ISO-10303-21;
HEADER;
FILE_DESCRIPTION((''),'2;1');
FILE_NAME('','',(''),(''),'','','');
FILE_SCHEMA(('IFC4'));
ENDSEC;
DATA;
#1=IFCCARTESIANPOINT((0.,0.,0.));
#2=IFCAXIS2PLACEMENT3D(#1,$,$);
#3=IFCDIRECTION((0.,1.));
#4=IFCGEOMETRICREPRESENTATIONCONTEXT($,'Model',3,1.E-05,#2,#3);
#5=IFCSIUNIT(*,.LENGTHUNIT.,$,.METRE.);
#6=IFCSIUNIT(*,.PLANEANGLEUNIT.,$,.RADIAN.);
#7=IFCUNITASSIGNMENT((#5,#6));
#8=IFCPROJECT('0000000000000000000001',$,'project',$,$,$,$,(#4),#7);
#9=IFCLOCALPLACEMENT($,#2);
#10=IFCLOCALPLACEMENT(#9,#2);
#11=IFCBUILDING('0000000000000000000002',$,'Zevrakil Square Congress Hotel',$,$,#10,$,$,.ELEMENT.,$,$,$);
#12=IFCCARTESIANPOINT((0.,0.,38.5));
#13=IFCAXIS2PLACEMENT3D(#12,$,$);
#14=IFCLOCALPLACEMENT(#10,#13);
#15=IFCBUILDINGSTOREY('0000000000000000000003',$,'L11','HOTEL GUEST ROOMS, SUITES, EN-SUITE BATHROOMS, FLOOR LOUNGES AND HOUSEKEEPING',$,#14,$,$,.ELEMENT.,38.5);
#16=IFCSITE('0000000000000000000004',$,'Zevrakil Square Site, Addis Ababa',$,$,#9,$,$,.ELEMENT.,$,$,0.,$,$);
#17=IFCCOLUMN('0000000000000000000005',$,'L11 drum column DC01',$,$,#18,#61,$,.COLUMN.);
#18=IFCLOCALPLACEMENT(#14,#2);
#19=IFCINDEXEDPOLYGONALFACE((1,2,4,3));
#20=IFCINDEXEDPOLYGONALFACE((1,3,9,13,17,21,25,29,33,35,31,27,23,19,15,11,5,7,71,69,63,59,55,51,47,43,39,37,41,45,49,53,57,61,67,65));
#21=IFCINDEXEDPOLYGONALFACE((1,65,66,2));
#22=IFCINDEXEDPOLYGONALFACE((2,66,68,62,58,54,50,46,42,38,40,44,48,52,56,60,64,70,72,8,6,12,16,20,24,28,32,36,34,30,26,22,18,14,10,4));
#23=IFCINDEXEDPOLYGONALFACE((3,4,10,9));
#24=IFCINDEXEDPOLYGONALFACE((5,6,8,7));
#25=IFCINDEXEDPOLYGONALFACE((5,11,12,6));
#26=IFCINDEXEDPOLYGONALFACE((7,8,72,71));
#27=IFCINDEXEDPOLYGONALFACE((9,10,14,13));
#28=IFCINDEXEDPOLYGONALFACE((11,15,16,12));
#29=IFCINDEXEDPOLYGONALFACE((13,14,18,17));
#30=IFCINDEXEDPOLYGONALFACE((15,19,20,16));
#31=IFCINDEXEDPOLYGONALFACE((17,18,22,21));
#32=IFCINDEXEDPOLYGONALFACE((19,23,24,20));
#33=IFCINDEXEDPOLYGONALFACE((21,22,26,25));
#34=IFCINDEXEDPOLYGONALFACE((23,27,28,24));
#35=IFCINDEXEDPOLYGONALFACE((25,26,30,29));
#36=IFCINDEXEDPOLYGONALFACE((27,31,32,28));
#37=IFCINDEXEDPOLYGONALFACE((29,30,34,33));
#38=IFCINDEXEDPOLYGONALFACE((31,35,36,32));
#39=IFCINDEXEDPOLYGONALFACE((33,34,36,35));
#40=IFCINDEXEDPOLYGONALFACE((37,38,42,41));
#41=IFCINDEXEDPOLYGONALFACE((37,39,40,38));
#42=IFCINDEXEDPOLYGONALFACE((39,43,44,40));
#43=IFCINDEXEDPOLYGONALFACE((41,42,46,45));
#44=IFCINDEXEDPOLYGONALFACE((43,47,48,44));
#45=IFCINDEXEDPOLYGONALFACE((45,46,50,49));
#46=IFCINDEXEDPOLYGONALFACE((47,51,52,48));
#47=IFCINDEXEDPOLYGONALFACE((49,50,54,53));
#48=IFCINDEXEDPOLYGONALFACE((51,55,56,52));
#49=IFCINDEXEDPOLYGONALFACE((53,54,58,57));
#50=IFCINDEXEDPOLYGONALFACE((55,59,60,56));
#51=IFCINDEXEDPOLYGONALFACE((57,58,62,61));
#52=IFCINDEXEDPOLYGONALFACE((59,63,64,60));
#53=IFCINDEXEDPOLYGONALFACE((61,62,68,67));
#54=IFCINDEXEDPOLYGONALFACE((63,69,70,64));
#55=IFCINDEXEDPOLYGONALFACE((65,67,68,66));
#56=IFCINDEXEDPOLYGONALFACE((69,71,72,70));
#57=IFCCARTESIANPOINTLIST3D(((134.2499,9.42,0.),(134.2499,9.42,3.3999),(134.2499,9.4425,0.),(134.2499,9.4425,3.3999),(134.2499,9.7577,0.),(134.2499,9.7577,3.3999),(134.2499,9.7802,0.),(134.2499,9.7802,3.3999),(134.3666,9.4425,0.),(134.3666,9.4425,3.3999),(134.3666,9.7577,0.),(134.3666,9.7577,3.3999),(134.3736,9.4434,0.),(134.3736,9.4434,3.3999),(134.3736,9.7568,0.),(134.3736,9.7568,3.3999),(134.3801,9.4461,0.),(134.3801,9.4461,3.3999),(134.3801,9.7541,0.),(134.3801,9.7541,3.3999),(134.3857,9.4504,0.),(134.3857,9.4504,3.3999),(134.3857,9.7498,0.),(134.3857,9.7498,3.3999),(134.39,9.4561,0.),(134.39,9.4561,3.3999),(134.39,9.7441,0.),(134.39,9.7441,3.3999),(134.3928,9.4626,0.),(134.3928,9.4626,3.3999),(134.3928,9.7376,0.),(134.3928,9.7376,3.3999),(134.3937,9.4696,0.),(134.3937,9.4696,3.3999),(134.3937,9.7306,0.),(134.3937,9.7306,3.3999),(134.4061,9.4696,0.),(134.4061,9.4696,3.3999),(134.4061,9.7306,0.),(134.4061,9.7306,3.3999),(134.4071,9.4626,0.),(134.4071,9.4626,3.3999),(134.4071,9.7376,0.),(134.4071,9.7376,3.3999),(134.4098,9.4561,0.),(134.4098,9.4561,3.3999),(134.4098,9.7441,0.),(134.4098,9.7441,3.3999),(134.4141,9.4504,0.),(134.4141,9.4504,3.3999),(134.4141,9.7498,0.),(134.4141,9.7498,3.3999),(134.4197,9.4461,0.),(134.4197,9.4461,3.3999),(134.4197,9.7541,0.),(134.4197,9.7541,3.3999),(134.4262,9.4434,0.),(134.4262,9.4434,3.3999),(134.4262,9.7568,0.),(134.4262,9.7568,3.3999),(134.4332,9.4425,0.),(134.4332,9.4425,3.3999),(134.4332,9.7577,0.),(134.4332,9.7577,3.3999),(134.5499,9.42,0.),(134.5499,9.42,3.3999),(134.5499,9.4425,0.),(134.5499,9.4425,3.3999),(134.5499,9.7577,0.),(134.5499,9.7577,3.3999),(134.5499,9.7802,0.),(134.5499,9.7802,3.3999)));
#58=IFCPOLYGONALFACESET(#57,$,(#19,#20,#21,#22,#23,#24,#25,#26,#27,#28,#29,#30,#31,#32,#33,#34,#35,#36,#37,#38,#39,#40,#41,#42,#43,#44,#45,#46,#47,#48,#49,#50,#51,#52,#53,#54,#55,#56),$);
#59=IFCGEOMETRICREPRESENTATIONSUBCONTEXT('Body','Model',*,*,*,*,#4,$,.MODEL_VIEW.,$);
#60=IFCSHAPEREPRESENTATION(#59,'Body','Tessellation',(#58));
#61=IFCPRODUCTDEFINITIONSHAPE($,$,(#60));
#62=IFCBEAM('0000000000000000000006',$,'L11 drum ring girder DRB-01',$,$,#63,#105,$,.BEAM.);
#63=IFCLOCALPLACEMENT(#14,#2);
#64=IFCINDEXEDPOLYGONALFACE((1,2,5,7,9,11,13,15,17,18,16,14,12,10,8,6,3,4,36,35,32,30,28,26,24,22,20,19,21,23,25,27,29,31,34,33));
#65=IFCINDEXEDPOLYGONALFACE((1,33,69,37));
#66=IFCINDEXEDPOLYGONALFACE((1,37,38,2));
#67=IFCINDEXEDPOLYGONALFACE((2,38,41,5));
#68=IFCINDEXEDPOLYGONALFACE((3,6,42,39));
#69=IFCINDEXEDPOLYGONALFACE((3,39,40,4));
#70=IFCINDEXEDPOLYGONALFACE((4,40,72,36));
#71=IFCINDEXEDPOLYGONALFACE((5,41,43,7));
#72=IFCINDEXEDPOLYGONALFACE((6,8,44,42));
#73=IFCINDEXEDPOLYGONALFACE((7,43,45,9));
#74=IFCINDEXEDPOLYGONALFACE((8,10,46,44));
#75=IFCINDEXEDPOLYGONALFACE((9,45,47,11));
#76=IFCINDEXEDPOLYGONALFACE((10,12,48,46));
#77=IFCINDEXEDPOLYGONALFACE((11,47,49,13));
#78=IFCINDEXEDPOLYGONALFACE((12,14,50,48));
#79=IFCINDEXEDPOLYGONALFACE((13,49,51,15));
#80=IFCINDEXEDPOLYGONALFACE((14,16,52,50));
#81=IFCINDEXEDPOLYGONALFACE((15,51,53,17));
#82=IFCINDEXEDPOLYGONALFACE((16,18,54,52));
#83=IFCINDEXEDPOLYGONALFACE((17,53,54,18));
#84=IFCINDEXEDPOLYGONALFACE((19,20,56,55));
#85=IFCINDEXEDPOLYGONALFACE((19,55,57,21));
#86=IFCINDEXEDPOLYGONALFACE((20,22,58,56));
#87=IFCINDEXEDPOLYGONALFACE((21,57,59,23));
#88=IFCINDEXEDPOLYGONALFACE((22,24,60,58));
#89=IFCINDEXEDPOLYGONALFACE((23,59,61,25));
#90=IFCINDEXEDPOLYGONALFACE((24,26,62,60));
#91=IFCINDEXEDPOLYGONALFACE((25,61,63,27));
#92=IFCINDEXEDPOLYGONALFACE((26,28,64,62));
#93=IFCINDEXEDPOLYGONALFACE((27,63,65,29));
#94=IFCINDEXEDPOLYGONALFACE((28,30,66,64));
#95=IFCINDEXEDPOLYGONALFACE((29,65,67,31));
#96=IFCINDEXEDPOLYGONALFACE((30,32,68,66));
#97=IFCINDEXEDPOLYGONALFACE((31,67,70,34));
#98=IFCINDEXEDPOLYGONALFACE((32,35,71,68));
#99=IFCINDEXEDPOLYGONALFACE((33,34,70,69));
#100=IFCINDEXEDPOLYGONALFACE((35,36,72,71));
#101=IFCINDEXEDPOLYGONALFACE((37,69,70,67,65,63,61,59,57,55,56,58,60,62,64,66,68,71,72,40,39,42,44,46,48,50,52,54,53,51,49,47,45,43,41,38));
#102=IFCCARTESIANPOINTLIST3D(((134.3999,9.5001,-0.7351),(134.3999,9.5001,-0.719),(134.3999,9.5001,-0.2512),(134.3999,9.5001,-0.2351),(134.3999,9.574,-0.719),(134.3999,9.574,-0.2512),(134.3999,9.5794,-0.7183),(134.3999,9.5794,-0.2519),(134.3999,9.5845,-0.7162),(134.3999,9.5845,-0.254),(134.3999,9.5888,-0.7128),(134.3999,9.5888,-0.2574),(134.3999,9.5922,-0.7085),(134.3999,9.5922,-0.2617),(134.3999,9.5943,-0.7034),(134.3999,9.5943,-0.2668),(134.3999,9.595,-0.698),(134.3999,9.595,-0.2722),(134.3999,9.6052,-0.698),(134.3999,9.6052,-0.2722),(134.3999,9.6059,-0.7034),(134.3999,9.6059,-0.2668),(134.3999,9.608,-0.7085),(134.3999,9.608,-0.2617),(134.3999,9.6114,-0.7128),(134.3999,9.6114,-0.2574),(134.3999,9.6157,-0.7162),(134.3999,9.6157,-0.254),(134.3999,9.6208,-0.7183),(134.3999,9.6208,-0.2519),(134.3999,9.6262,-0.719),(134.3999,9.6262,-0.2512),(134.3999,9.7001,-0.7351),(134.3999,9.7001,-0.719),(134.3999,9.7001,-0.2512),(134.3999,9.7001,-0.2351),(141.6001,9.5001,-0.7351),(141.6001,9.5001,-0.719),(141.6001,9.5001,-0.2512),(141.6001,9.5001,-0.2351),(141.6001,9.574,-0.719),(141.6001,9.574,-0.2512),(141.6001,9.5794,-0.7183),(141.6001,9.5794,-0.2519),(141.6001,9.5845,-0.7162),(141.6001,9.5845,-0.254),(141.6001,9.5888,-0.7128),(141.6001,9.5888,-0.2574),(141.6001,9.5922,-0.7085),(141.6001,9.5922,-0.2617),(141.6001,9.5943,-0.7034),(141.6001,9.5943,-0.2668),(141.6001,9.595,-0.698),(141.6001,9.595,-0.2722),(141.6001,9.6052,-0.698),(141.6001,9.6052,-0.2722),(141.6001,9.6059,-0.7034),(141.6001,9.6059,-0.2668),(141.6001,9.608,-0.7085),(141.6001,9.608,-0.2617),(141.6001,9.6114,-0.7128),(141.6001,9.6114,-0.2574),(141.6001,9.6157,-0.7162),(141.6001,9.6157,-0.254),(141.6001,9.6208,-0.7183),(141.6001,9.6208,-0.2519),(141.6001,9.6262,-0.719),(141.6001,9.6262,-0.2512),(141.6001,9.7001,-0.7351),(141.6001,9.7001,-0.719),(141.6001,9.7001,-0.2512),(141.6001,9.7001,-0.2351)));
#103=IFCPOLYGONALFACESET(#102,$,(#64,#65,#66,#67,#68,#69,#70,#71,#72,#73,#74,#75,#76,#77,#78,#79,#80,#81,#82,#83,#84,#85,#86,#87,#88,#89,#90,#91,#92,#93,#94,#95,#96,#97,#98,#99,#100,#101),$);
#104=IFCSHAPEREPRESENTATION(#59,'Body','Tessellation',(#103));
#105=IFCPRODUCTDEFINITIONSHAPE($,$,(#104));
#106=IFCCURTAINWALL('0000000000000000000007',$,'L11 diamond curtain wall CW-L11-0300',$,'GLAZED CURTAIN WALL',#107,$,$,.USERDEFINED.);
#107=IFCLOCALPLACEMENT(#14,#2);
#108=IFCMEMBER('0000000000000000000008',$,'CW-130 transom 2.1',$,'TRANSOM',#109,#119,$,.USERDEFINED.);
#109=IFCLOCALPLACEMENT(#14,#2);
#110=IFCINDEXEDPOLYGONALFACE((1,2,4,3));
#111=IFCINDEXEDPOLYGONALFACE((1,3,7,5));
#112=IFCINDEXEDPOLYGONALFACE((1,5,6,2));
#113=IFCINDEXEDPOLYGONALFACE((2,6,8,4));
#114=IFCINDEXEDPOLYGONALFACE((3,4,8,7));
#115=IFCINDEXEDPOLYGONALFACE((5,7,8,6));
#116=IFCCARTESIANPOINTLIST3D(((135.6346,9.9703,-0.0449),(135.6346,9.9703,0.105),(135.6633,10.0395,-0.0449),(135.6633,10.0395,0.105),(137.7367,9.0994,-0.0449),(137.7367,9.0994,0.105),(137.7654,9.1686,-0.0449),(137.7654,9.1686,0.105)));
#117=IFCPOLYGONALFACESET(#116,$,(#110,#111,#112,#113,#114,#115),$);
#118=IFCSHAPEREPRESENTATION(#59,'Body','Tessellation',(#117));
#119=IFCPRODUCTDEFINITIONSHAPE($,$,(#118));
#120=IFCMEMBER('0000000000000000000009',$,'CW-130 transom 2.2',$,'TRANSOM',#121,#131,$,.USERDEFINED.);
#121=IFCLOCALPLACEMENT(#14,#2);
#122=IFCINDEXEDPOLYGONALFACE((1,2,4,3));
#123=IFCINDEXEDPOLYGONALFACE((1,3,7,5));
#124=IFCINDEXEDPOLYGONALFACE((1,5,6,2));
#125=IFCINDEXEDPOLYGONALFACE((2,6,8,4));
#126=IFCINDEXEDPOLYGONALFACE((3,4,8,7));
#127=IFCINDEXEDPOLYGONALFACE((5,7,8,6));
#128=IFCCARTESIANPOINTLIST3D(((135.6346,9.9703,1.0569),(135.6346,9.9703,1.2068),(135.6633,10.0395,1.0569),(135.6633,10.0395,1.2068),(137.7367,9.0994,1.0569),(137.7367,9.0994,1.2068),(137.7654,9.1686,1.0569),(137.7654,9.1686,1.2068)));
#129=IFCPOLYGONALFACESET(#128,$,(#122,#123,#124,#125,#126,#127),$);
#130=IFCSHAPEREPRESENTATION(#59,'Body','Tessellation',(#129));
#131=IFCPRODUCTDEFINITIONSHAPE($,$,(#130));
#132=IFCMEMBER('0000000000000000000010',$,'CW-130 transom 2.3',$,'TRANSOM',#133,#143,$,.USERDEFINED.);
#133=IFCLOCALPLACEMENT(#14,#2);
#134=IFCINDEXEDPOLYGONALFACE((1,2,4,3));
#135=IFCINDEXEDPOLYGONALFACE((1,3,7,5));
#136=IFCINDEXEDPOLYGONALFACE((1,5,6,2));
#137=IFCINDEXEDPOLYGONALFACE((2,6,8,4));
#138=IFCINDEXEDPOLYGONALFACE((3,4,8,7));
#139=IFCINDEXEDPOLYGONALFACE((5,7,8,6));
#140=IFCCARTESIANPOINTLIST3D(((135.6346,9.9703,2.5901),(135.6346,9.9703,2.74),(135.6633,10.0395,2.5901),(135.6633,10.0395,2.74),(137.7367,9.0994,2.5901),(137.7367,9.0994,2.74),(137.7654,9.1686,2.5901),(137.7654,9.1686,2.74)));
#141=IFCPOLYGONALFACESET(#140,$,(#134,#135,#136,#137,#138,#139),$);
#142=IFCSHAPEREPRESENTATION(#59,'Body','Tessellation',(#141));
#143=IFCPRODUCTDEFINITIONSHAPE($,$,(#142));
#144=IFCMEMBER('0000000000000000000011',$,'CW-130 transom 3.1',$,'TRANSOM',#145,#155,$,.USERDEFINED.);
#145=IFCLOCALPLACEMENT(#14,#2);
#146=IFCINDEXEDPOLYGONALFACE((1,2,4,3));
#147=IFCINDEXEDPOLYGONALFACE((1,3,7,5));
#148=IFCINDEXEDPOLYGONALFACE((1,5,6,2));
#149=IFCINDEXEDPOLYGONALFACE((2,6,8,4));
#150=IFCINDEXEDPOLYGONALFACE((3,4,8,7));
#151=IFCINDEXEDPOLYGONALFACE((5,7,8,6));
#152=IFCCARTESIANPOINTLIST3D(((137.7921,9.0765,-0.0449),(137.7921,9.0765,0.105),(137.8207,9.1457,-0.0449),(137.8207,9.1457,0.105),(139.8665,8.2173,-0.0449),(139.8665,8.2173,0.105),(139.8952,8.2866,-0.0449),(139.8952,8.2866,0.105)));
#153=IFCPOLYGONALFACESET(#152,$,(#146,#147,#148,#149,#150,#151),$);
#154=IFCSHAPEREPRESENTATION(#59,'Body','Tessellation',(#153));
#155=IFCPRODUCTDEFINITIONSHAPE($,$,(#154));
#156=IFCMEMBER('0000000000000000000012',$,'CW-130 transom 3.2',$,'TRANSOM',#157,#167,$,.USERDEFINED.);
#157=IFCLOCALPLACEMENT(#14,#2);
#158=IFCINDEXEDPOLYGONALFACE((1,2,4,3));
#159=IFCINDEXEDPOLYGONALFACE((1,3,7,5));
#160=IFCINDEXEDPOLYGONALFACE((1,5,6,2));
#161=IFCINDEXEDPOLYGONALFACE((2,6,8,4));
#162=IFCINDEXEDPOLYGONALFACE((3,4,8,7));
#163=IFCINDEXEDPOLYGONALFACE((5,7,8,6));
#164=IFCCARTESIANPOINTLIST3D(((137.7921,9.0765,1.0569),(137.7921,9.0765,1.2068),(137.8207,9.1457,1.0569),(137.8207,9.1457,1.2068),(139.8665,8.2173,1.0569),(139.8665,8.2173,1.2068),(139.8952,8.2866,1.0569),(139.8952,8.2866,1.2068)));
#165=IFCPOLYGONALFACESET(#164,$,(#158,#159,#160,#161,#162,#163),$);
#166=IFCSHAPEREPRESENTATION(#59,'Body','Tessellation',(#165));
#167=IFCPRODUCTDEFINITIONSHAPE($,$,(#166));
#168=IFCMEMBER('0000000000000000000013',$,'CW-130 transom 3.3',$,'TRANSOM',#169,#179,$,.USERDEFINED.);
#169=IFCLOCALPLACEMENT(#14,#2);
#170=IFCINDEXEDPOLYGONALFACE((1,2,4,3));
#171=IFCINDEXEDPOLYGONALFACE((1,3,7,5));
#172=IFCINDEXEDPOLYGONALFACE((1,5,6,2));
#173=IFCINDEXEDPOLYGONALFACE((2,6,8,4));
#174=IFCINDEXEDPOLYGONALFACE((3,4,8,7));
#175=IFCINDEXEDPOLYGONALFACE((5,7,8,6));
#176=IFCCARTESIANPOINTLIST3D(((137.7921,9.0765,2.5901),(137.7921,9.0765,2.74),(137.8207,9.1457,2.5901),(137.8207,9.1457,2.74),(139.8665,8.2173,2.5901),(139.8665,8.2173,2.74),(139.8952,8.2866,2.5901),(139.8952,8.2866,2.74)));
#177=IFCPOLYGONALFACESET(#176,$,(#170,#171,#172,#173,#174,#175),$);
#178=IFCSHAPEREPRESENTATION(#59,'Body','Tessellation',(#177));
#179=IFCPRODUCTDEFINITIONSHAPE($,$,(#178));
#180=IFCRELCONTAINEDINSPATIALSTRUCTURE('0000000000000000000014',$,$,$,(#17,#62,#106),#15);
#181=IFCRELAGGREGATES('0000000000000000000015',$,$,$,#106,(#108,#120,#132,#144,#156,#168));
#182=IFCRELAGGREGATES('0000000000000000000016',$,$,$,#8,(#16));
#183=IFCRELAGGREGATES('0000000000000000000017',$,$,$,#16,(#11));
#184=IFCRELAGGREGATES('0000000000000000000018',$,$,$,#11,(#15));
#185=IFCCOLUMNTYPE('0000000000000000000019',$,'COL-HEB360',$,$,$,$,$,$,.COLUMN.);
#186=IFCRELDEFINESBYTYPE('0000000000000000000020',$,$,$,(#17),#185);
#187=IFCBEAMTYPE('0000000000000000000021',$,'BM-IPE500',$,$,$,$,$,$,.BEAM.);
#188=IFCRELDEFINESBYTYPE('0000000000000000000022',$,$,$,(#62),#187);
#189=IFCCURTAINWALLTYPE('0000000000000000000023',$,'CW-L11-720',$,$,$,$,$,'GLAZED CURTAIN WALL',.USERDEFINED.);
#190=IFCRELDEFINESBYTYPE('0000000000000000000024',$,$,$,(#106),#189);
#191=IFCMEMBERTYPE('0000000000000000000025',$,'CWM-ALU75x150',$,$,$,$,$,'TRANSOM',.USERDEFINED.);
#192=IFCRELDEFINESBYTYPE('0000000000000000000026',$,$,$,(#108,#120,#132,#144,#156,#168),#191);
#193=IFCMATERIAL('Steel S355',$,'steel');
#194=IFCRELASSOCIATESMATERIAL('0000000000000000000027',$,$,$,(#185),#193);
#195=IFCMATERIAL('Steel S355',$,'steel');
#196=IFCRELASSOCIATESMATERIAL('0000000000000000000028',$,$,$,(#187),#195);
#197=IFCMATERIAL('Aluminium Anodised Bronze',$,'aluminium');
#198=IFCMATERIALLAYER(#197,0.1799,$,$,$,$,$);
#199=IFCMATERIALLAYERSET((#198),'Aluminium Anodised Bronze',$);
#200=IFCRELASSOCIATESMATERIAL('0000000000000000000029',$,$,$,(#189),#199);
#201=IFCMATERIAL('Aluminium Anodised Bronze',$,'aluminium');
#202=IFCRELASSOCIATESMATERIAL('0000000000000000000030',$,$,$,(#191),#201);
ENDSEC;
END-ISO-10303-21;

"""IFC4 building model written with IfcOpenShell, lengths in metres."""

from ifc_helpers import new_model, si_unit, direction, frame, origin, origin_2d, place, context, subcontext, project, spatial, rectangle, i_section, extrude, material, layer, layer_set, material_profile, profile_set, type_object, element, aggregate, save


model = new_model("IFC4")

# Units and contexts
model_context = context("Model", 3, precision=1e-05, world=origin(), true_north=direction((0.0, 1.0)))
body_context = subcontext(model_context, "Body", "Model", "MODEL_VIEW")
ifc_project = project(units=[si_unit("LENGTHUNIT", "METRE"), si_unit("PLANEANGLEUNIT", "RADIAN")], contexts=[model_context])

# Site, building, storey
site_placement = place(None, origin())
site = spatial("IfcSite", under=ifc_project, at=site_placement, Name="Zevrakil Square Site, Addis Ababa", CompositionType="ELEMENT", RefElevation=0.0)
building_placement = place(site_placement, origin())
building = spatial("IfcBuilding", under=site, at=building_placement, Name="Zevrakil Square Congress Hotel", CompositionType="ELEMENT")
storey_placement = place(building_placement, frame((0.0, 0.0, 38.5)))
storey = spatial("IfcBuildingStorey", under=building, at=storey_placement, Name="L11", Description="HOTEL GUEST ROOMS, SUITES, EN-SUITE BATHROOMS, FLOOR LOUNGES AND HOUSEKEEPING", CompositionType="ELEMENT", Elevation=38.5)

# Column
ifc_material_1 = material(Name="Steel S355", Category="steel")
ifc_material_profile_1 = material_profile(ifc_material_1, i_section(OverallWidth=0.3, OverallDepth=0.3601, WebThickness=0.0125, FlangeThickness=0.0225, FilletRadius=0.0271, at=origin_2d()), Name="HEB 360")
ifc_profile_set_1 = profile_set([ifc_material_profile_1], Name="Steel S355")
column_type = type_object("IfcColumnType", Name="COL-HEB360", PredefinedType="COLUMN", material=ifc_profile_set_1)
column_placement = place(storey_placement, frame((134.3999, 9.6001, 0.0), z_axis=(0.0, 0.0, 1.0), x_axis=(1.0, 0.0, 0.0)))
element("IfcColumn", 1, at=column_placement, inside=storey, type_object=column_type, Name="L11 drum column DC01", PredefinedType="COLUMN", context=body_context, shape_type="SweptSolid", body=[
    extrude(i_section(OverallWidth=0.3, OverallDepth=0.3601, WebThickness=0.0125, FlangeThickness=0.0225, FilletRadius=0.0271, at=origin_2d()), origin(), (0.0, 0.0, 1.0), 3.3999),
])

# Beam
ifc_material_2 = material(Name="Steel S355", Category="steel")
ifc_material_profile_2 = material_profile(ifc_material_2, i_section(OverallWidth=0.2, OverallDepth=0.5, WebThickness=0.0103, FlangeThickness=0.0161, FilletRadius=0.021, at=origin_2d()), Name="IPE 500")
ifc_profile_set_2 = profile_set([ifc_material_profile_2], Name="Steel S355")
beam_type_1 = type_object("IfcBeamType", Name="BM-IPE500", PredefinedType="BEAM", material=ifc_profile_set_2)
beam_1_placement = place(storey_placement, frame((134.3999, 9.6001, -0.4851), z_axis=(1.0, 0.0, 0.0), x_axis=(0.0, 1.0, 0.0)))
element("IfcBeam", 2, at=beam_1_placement, inside=storey, type_object=beam_type_1, Name="L11 drum ring girder DRB-01", PredefinedType="BEAM", context=body_context, shape_type="SweptSolid", body=[
    extrude(i_section(OverallWidth=0.2, OverallDepth=0.5, WebThickness=0.0103, FlangeThickness=0.0161, FilletRadius=0.021, at=origin_2d()), origin(), (0.0, 0.0, 1.0), 7.2002),
])

# Curtain wall, members
ifc_material_3 = material(Name="Aluminium Anodised Bronze", Category="aluminium")
ifc_layer_1 = layer(ifc_material_3, 0.1799)
ifc_layer_set_1 = layer_set([ifc_layer_1], Name="Aluminium Anodised Bronze")
curtain_wall_type = type_object("IfcCurtainWallType", Name="CW-L11-720", ElementType="GLAZED CURTAIN WALL", PredefinedType="USERDEFINED", material=ifc_layer_set_1)
curtain_wall_placement = place(storey_placement, origin())
curtain_wall = element("IfcCurtainWall", 3, at=curtain_wall_placement, inside=storey, type_object=curtain_wall_type, Name="L11 diamond curtain wall CW-L11-0300", ObjectType="GLAZED CURTAIN WALL", PredefinedType="USERDEFINED")
ifc_material_4 = material(Name="Aluminium Anodised Bronze", Category="aluminium")
ifc_material_profile_3 = material_profile(ifc_material_4, rectangle(XDim=0.075, YDim=0.1499, at=origin_2d()), Name="ALU 75x150")
ifc_profile_set_3 = profile_set([ifc_material_profile_3], Name="Aluminium Anodised Bronze")
member_type_1 = type_object("IfcMemberType", Name="CWM-ALU75x150", ElementType="TRANSOM", PredefinedType="USERDEFINED", material=ifc_profile_set_3)
member_1_placement = place(storey_placement, frame((135.6489, 10.0049, 0.03), z_axis=(0.923856, -0.38274, 0.0), x_axis=(0.38274, 0.923856, 0.0)))
member_1 = element("IfcMember", 4, at=member_1_placement, type_object=member_type_1, Name="CW-130 transom 2.1", ObjectType="TRANSOM", PredefinedType="USERDEFINED", context=body_context, shape_type="SweptSolid", body=[
    extrude(rectangle(XDim=0.075, YDim=0.1499, at=origin_2d()), origin(), (0.0, 0.0, 1.0), 2.2754),
])
member_2_placement = place(storey_placement, frame((135.6489, 10.0049, 1.1318), z_axis=(0.923856, -0.38274, 0.0), x_axis=(0.38274, 0.923856, 0.0)))
member_2 = element("IfcMember", 5, at=member_2_placement, type_object=member_type_1, Name="CW-130 transom 2.2", ObjectType="TRANSOM", PredefinedType="USERDEFINED", context=body_context, shape_type="SweptSolid", body=[
    extrude(rectangle(XDim=0.075, YDim=0.1499, at=origin_2d()), origin(), (0.0, 0.0, 1.0), 2.2754),
])
member_3_placement = place(storey_placement, frame((135.6489, 10.0049, 2.665), z_axis=(0.923856, -0.38274, 0.0), x_axis=(0.38274, 0.923856, 0.0)))
member_3 = element("IfcMember", 6, at=member_3_placement, type_object=member_type_1, Name="CW-130 transom 2.3", ObjectType="TRANSOM", PredefinedType="USERDEFINED", context=body_context, shape_type="SweptSolid", body=[
    extrude(rectangle(XDim=0.075, YDim=0.1499, at=origin_2d()), origin(), (0.0, 0.0, 1.0), 2.2754),
])
member_4_placement = place(storey_placement, frame((137.8064, 9.1111, 0.03), z_axis=(0.923902, -0.38263, 0.0), x_axis=(0.38263, 0.923902, 0.0)))
member_4 = element("IfcMember", 7, at=member_4_placement, type_object=member_type_1, Name="CW-130 transom 3.1", ObjectType="TRANSOM", PredefinedType="USERDEFINED", context=body_context, shape_type="SweptSolid", body=[
    extrude(rectangle(XDim=0.075, YDim=0.1499, at=origin_2d()), origin(), (0.0, 0.0, 1.0), 2.2454),
])
member_5_placement = place(storey_placement, frame((137.8064, 9.1111, 1.1318), z_axis=(0.923902, -0.38263, 0.0), x_axis=(0.38263, 0.923902, 0.0)))
member_5 = element("IfcMember", 8, at=member_5_placement, type_object=member_type_1, Name="CW-130 transom 3.2", ObjectType="TRANSOM", PredefinedType="USERDEFINED", context=body_context, shape_type="SweptSolid", body=[
    extrude(rectangle(XDim=0.075, YDim=0.1499, at=origin_2d()), origin(), (0.0, 0.0, 1.0), 2.2454),
])
member_6_placement = place(storey_placement, frame((137.8064, 9.1111, 2.665), z_axis=(0.923902, -0.38263, 0.0), x_axis=(0.38263, 0.923902, 0.0)))
member_6 = element("IfcMember", 9, at=member_6_placement, type_object=member_type_1, Name="CW-130 transom 3.3", ObjectType="TRANSOM", PredefinedType="USERDEFINED", context=body_context, shape_type="SweptSolid", body=[
    extrude(rectangle(XDim=0.075, YDim=0.1499, at=origin_2d()), origin(), (0.0, 0.0, 1.0), 2.2454),
])

aggregate(curtain_wall, [member_1, member_2, member_3, member_4, member_5, member_6])

save(model, "model.ifc")
